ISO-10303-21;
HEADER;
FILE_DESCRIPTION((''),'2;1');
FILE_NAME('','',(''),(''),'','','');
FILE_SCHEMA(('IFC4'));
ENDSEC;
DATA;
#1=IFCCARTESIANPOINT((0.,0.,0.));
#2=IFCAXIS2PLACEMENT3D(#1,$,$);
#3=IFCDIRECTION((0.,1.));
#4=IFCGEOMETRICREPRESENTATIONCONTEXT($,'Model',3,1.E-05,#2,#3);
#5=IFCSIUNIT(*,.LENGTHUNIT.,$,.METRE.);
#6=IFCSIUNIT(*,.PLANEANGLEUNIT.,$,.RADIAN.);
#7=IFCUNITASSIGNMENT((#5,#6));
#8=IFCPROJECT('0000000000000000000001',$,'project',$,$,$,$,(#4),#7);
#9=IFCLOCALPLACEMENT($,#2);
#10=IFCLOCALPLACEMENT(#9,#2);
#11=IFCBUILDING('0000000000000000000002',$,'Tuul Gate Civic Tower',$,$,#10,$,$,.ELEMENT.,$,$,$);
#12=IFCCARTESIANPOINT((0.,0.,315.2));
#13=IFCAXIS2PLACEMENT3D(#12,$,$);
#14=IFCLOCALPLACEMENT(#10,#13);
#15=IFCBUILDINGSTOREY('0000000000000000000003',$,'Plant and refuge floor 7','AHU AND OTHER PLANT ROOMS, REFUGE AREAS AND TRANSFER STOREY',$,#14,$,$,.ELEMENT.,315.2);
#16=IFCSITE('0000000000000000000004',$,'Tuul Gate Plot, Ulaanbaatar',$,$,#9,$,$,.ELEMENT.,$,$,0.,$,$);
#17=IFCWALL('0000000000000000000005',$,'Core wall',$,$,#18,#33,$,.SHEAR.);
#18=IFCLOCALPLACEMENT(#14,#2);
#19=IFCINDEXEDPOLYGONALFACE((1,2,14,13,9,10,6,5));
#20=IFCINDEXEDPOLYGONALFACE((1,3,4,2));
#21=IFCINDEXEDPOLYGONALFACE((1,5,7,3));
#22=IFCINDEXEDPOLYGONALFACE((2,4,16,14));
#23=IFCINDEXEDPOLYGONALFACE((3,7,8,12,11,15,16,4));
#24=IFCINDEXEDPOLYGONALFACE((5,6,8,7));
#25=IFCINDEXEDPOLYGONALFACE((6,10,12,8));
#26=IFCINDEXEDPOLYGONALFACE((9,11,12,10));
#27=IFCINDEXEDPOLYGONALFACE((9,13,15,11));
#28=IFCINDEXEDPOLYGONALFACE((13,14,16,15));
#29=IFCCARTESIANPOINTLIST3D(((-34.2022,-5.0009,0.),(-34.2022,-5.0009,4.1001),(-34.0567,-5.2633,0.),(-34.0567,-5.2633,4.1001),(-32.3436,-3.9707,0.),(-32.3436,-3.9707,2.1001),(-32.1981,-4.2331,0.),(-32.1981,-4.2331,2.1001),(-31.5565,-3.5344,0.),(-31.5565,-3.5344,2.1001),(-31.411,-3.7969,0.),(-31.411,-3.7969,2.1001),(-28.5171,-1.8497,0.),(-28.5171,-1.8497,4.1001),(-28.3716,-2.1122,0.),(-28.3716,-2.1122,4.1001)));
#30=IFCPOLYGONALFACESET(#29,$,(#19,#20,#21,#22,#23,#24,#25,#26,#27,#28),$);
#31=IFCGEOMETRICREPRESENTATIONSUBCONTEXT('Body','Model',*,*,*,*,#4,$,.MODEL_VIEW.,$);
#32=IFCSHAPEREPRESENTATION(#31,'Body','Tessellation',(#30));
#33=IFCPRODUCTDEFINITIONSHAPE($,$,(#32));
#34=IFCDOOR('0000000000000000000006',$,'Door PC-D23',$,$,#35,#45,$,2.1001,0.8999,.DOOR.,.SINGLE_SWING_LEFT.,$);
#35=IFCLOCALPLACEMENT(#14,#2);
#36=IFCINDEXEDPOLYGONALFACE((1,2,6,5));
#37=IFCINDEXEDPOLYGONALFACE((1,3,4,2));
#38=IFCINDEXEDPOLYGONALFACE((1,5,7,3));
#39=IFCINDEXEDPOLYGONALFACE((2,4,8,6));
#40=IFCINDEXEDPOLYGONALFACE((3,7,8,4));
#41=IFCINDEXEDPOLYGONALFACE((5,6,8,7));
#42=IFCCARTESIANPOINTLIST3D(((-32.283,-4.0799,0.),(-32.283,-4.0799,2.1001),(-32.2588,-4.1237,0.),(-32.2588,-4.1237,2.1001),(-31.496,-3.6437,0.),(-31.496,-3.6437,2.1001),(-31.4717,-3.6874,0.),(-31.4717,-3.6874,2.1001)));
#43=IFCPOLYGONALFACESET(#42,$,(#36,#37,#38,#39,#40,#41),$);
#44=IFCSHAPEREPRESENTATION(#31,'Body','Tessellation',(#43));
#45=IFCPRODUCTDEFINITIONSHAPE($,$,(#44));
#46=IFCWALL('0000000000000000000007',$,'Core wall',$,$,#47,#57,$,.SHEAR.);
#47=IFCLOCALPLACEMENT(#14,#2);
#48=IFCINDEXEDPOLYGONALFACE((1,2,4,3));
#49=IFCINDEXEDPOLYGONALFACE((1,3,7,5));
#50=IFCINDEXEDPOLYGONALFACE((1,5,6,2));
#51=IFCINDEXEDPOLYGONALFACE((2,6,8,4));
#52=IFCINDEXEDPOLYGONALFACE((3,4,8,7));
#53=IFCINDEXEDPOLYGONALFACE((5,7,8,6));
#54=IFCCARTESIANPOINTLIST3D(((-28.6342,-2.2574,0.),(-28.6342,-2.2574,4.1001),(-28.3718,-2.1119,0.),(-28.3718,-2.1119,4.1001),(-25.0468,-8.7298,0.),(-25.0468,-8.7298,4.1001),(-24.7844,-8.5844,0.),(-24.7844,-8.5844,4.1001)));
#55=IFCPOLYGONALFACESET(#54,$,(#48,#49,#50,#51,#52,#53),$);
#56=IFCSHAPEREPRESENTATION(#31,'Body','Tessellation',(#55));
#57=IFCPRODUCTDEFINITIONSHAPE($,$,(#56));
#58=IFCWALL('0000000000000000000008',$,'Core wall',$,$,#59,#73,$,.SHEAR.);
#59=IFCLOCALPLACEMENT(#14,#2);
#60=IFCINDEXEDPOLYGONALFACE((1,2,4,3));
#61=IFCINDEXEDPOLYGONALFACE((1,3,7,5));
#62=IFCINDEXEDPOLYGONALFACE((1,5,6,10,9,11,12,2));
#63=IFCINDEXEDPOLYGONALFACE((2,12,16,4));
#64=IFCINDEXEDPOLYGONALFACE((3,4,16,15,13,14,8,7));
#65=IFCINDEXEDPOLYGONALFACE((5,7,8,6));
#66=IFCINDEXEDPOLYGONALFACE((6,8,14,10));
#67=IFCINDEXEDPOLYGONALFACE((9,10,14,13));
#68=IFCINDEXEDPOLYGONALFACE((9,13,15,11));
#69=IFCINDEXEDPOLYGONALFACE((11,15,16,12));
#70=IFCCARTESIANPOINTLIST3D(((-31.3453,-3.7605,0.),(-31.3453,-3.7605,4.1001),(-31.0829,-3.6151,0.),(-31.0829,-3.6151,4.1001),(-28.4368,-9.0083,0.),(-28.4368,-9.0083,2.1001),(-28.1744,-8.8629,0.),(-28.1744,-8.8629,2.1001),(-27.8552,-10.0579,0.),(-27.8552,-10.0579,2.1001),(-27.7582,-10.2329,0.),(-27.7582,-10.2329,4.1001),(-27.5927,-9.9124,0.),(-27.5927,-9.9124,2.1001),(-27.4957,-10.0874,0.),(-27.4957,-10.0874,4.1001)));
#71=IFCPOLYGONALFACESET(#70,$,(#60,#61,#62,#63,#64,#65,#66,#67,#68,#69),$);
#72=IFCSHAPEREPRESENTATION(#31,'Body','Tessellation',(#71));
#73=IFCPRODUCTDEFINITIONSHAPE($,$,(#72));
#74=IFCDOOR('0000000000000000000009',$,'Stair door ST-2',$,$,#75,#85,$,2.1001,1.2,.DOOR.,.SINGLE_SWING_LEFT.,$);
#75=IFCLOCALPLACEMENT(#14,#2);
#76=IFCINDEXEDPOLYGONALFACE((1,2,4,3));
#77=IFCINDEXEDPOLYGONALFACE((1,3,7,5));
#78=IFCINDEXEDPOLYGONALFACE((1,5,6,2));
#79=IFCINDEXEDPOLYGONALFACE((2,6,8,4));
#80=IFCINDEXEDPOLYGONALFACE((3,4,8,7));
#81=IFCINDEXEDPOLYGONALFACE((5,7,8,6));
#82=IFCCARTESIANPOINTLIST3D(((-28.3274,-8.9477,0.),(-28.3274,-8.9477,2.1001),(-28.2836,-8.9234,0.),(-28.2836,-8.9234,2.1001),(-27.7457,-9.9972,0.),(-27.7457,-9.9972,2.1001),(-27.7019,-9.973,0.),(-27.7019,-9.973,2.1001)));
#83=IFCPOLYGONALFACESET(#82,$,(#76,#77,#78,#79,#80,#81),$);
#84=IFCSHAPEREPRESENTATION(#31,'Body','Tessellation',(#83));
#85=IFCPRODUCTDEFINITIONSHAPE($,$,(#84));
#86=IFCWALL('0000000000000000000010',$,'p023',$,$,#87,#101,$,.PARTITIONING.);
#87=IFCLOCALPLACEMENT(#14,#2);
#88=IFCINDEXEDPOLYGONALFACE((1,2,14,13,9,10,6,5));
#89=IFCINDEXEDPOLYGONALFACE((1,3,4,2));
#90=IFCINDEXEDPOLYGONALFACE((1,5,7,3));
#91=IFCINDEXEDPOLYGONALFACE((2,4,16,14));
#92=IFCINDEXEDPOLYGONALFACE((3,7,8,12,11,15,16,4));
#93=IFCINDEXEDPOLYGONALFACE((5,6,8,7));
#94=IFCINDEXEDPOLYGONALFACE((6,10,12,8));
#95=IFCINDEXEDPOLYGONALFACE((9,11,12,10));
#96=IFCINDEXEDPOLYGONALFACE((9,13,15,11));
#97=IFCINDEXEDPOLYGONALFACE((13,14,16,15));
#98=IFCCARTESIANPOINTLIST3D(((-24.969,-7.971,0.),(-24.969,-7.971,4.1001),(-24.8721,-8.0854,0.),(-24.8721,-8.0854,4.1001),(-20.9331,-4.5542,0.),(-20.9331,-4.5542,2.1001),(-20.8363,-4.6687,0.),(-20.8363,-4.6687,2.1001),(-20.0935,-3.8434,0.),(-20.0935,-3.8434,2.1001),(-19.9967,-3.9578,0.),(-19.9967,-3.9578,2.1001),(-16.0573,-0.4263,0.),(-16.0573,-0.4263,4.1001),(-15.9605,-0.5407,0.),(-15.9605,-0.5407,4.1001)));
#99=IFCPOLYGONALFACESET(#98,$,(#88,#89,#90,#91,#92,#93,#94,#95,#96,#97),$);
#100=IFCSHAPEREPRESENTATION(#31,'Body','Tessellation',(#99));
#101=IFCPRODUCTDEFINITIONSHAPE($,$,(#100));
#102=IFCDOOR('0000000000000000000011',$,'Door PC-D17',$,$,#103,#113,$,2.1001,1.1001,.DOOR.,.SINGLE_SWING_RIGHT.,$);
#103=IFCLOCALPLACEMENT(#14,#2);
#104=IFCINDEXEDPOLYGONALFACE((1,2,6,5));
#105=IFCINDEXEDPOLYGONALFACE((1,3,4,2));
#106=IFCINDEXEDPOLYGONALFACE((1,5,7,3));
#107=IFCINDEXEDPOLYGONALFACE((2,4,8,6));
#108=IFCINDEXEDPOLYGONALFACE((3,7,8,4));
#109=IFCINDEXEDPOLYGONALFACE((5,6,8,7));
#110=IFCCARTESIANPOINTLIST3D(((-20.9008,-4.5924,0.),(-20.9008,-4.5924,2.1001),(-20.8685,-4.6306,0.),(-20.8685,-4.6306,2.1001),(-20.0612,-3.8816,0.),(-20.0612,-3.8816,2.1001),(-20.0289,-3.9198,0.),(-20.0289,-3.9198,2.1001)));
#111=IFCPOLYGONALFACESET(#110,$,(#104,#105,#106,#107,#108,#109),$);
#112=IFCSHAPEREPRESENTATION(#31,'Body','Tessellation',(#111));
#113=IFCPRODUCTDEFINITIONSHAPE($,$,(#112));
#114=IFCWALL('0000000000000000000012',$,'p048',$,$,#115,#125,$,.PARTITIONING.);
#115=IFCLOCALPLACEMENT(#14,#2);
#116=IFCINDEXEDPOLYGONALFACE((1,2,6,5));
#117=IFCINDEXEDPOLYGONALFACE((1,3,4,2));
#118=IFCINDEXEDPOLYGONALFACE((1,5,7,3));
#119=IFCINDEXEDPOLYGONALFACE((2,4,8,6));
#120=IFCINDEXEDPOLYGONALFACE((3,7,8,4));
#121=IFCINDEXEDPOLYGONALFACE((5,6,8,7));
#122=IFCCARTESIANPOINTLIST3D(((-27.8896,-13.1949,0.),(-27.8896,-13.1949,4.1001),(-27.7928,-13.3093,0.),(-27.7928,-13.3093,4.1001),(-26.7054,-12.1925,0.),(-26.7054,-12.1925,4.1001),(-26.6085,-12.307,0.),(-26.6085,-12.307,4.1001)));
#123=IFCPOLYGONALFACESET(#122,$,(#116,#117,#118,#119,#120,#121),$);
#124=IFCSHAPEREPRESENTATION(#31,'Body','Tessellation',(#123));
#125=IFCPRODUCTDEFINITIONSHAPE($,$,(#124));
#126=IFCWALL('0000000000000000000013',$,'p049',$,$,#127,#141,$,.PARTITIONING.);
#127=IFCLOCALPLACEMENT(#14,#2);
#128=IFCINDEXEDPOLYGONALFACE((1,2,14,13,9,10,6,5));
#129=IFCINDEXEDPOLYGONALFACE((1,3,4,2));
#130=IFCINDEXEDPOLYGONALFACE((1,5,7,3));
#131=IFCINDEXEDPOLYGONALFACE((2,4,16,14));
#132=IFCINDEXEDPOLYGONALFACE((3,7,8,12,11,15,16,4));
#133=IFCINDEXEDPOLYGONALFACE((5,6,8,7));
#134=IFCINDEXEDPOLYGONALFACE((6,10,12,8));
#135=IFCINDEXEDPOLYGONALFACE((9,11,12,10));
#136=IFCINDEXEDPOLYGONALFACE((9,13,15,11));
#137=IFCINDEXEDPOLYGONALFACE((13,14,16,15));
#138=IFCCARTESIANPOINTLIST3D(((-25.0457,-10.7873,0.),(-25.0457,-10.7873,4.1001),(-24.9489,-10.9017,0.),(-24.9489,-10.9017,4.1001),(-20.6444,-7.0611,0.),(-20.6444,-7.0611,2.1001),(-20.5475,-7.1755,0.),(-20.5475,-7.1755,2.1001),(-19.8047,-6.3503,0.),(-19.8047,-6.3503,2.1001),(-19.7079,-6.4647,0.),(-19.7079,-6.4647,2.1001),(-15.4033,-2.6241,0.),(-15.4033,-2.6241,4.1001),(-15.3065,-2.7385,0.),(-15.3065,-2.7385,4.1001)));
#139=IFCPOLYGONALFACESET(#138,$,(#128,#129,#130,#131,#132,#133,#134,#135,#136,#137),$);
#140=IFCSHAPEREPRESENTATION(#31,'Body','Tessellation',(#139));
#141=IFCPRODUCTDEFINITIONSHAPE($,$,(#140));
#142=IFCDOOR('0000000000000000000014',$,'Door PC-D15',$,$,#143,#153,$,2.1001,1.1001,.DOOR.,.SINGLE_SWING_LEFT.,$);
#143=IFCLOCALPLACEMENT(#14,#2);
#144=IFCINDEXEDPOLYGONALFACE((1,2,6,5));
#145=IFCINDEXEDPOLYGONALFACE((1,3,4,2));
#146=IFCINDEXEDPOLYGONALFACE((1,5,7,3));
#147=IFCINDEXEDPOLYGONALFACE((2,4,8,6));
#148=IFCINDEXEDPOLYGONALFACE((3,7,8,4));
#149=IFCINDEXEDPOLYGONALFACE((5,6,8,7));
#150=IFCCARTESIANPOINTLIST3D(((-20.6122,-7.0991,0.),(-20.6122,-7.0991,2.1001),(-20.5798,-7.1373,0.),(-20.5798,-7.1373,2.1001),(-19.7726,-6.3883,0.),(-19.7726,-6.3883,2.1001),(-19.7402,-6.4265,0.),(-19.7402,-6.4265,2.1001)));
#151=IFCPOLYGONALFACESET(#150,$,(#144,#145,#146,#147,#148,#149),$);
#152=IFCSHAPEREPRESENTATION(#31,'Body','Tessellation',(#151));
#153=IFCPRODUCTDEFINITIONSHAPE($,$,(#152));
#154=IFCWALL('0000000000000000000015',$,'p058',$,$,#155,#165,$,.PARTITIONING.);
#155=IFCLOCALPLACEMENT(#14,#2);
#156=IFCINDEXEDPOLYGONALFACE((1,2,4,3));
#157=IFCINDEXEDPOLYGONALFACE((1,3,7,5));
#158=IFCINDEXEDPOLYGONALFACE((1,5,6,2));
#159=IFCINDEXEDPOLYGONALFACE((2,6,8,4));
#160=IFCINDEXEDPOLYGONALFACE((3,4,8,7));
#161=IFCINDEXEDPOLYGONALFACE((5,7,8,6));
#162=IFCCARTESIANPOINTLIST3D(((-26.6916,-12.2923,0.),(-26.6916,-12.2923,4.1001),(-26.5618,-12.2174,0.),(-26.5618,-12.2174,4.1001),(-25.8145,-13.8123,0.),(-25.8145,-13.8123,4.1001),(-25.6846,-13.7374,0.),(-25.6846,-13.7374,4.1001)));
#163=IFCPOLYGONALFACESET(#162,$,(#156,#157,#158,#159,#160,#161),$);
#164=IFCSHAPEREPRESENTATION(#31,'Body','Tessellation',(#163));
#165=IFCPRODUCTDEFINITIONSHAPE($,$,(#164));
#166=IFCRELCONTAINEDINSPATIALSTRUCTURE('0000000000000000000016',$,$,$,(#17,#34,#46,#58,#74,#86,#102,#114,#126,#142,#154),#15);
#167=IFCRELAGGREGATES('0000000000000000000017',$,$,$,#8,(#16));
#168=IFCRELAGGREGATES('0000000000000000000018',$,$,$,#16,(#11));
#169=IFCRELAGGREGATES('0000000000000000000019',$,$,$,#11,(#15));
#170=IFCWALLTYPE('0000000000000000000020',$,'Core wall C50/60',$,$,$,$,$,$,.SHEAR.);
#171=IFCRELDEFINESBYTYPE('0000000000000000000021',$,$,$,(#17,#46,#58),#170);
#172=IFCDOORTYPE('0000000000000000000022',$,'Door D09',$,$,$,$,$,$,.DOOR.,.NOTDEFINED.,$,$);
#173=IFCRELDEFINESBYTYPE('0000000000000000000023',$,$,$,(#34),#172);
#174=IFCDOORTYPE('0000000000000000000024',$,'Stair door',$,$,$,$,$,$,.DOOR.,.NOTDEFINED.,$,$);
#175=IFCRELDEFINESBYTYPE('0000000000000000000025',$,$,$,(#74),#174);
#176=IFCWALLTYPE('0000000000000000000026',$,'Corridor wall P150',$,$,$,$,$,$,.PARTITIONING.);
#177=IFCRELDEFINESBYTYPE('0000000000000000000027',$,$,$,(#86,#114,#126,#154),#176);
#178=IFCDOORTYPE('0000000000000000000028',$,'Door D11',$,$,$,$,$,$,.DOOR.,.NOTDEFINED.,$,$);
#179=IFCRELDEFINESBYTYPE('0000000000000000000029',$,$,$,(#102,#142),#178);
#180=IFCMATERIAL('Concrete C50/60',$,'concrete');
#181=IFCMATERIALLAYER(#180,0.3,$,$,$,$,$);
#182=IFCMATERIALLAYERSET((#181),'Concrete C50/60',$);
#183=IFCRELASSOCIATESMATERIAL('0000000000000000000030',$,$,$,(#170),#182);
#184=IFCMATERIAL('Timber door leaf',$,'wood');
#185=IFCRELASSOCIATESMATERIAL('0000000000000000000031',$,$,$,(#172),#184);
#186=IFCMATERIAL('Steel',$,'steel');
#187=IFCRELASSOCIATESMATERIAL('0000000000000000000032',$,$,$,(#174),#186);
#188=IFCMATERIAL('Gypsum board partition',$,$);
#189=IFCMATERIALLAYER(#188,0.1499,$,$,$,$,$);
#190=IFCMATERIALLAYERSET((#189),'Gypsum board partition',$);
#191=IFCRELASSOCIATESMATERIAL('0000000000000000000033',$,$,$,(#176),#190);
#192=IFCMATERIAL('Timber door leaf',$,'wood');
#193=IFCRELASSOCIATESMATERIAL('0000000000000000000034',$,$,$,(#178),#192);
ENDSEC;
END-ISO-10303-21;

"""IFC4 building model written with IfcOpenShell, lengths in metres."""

from ifc_helpers import new_model, si_unit, direction, frame, frame_2d, origin, place, context, subcontext, project, spatial, rectangle, extrude, material, layer, layer_set, type_object, element, fill, save


model = new_model("IFC4")

# Units and contexts
model_context = context("Model", 3, precision=1e-05, world=origin(), true_north=direction((0.0, 1.0)))
body_context = subcontext(model_context, "Body", "Model", "MODEL_VIEW")
ifc_project = project(units=[si_unit("LENGTHUNIT", "METRE"), si_unit("PLANEANGLEUNIT", "RADIAN")], contexts=[model_context])

# Site, building, storey
site_placement = place(None, origin())
site = spatial("IfcSite", under=ifc_project, at=site_placement, Name="Tuul Gate Plot, Ulaanbaatar", CompositionType="ELEMENT", RefElevation=0.0)
building_placement = place(site_placement, origin())
building = spatial("IfcBuilding", under=site, at=building_placement, Name="Tuul Gate Civic Tower", CompositionType="ELEMENT")
storey_placement = place(building_placement, frame((0.0, 0.0, 315.2)))
storey = spatial("IfcBuildingStorey", under=building, at=storey_placement, Name="Plant and refuge floor 7", Description="AHU AND OTHER PLANT ROOMS, REFUGE AREAS AND TRANSFER STOREY", CompositionType="ELEMENT", Elevation=315.2)

# Shared definitions
ifc_material_1 = material(Name="Concrete C50/60", Category="concrete")
ifc_layer_1 = layer(ifc_material_1, 0.3)
ifc_layer_set_1 = layer_set([ifc_layer_1], Name="Concrete C50/60")
wall_type_1 = type_object("IfcWallType", Name="Core wall C50/60", PredefinedType="SHEAR", material=ifc_layer_set_1)

# Wall, opening, door
wall_1_placement = place(storey_placement, frame((-28.4443, -1.981, 0.0), z_axis=(0.0, 0.0, 1.0), x_axis=(-0.87463, -0.484791, 0.0)))
wall_1 = element("IfcWall", 1, at=wall_1_placement, inside=storey, type_object=wall_type_1, Name="Core wall", PredefinedType="SHEAR", context=body_context, shape_type="SweptSolid", body=[
    extrude(rectangle(XDim=6.5, YDim=0.3, at=frame_2d((3.25, 0.0))), origin(), (0.0, 0.0, 1.0), 4.1001),
])
opening_1_placement = place(wall_1_placement, frame((3.4751, 0.0, 0.0)))
opening_1 = element("IfcOpeningElement", 2, at=opening_1_placement, cuts=wall_1, PredefinedType="OPENING", context=body_context, shape_type="SweptSolid", body=[
    extrude(rectangle(XDim=0.8999, YDim=2.1001, at=frame_2d((0.45, 1.05))), frame((0.0, 0.1602, 0.0), z_axis=(0.0, -1.0, 0.0), x_axis=(1.0, 0.0, 0.0)), (0.0, 0.0, 1.0), 0.3201),
])
ifc_material_2 = material(Name="Timber door leaf", Category="wood")
door_type_1 = type_object("IfcDoorType", Name="Door D09", OperationType="NOTDEFINED", PredefinedType="DOOR", material=ifc_material_2)
door_1_placement = place(opening_1_placement, origin())
door_1 = element("IfcDoor", 3, at=door_1_placement, inside=storey, type_object=door_type_1, Name="Door PC-D23", OperationType="SINGLE_SWING_LEFT", OverallHeight=2.1001, OverallWidth=0.8999, PredefinedType="DOOR", context=body_context, shape_type="SweptSolid", body=[
    extrude(rectangle(XDim=0.8999, YDim=2.1001, at=frame_2d((0.45, 1.05))), frame((0.0, 0.0249, 0.0), z_axis=(0.0, -1.0, 0.0), x_axis=(1.0, 0.0, 0.0)), (0.0, 0.0, 1.0), 0.05),
])
fill(opening_1, door_1)

# Wall
wall_2_placement = place(storey_placement, frame((-24.9155, -8.6572, 0.0), z_axis=(0.0, 0.0, 1.0), x_axis=(-0.484777, 0.874638, 0.0)))
element("IfcWall", 4, at=wall_2_placement, inside=storey, type_object=wall_type_1, Name="Core wall", PredefinedType="SHEAR", context=body_context, shape_type="SweptSolid", body=[
    extrude(rectangle(XDim=7.4001, YDim=0.3, at=frame_2d((3.7002, 0.0))), origin(), (0.0, 0.0, 1.0), 4.1001),
])

# Walls, openings, doors
wall_3_placement = place(storey_placement, frame((-27.627, -10.1602, 0.0), z_axis=(0.0, 0.0, 1.0), x_axis=(-0.484752, 0.874652, 0.0)))
wall_3 = element("IfcWall", 5, at=wall_3_placement, inside=storey, type_object=wall_type_1, Name="Core wall", PredefinedType="SHEAR", context=body_context, shape_type="SweptSolid", body=[
    extrude(rectangle(XDim=7.3999, YDim=0.3, at=frame_2d((3.7, 0.0))), origin(), (0.0, 0.0, 1.0), 4.1001),
])
opening_2_placement = place(wall_3_placement, frame((0.2, 0.0, 0.0)))
opening_2 = element("IfcOpeningElement", 6, at=opening_2_placement, cuts=wall_3, PredefinedType="OPENING", context=body_context, shape_type="SweptSolid", body=[
    extrude(rectangle(XDim=1.2, YDim=2.1001, at=frame_2d((0.6001, 1.05))), frame((0.0, 0.1602, 0.0), z_axis=(0.0, -1.0, 0.0), x_axis=(1.0, 0.0, 0.0)), (0.0, 0.0, 1.0), 0.3201),
])
ifc_material_3 = material(Name="Steel", Category="steel")
door_type_2 = type_object("IfcDoorType", Name="Stair door", OperationType="NOTDEFINED", PredefinedType="DOOR", material=ifc_material_3)
door_2_placement = place(opening_2_placement, origin())
door_2 = element("IfcDoor", 7, at=door_2_placement, inside=storey, type_object=door_type_2, Name="Stair door ST-2", OperationType="SINGLE_SWING_LEFT", OverallHeight=2.1001, OverallWidth=1.2, PredefinedType="DOOR", context=body_context, shape_type="SweptSolid", body=[
    extrude(rectangle(XDim=1.2, YDim=2.1001, at=frame_2d((0.6001, 1.05))), frame((0.0, 0.0249, 0.0), z_axis=(0.0, -1.0, 0.0), x_axis=(1.0, 0.0, 0.0)), (0.0, 0.0, 1.0), 0.05),
])
fill(opening_2, door_2)
ifc_material_4 = material(Name="Gypsum board partition")
ifc_layer_2 = layer(ifc_material_4, 0.1499)
ifc_layer_set_2 = layer_set([ifc_layer_2], Name="Gypsum board partition")
wall_type_2 = type_object("IfcWallType", Name="Corridor wall P150", PredefinedType="PARTITIONING", material=ifc_layer_set_2)
wall_4_placement = place(storey_placement, frame((-24.9207, -8.0283, 0.0), z_axis=(0.0, 0.0, 1.0), x_axis=(0.763214, 0.646146, 0.0)))
wall_4 = element("IfcWall", 8, at=wall_4_placement, inside=storey, type_object=wall_type_2, Name="p023", PredefinedType="PARTITIONING", context=body_context, shape_type="SweptSolid", body=[
    extrude(rectangle(XDim=11.6765, YDim=0.1499, at=frame_2d((5.8384, 0.0))), origin(), (0.0, 0.0, 1.0), 4.1001),
])
opening_3_placement = place(wall_4_placement, frame((5.2881, 0.0, 0.0)))
opening_3 = element("IfcOpeningElement", 9, at=opening_3_placement, cuts=wall_4, PredefinedType="OPENING", context=body_context, shape_type="SweptSolid", body=[
    extrude(rectangle(XDim=1.1001, YDim=2.1001, at=frame_2d((0.55, 1.05))), frame((0.0, 0.085, 0.0), z_axis=(0.0, -1.0, 0.0), x_axis=(1.0, 0.0, 0.0)), (0.0, 0.0, 1.0), 0.1699),
])
ifc_material_5 = material(Name="Timber door leaf", Category="wood")
door_type_3 = type_object("IfcDoorType", Name="Door D11", OperationType="NOTDEFINED", PredefinedType="DOOR", material=ifc_material_5)
door_3_placement = place(opening_3_placement, origin())
door_3 = element("IfcDoor", 10, at=door_3_placement, inside=storey, type_object=door_type_3, Name="Door PC-D17", OperationType="SINGLE_SWING_RIGHT", OverallHeight=2.1001, OverallWidth=1.1001, PredefinedType="DOOR", context=body_context, shape_type="SweptSolid", body=[
    extrude(rectangle(XDim=1.1001, YDim=2.1001, at=frame_2d((0.55, 1.05))), frame((0.0, 0.0249, 0.0), z_axis=(0.0, -1.0, 0.0), x_axis=(1.0, 0.0, 0.0)), (0.0, 0.0, 1.0), 0.05),
])
fill(opening_3, door_3)

# Wall
wall_5_placement = place(storey_placement, frame((-27.8413, -13.2522, 0.0), z_axis=(0.0, 0.0, 1.0), x_axis=(0.763285, 0.646062, 0.0)))
element("IfcWall", 11, at=wall_5_placement, inside=storey, type_object=wall_type_2, Name="p048", PredefinedType="PARTITIONING", context=body_context, shape_type="SweptSolid", body=[
    extrude(rectangle(XDim=1.5515, YDim=0.1499, at=frame_2d((0.7759, 0.0))), origin(), (0.0, 0.0, 1.0), 4.1001),
])

# Wall, opening, door
wall_6_placement = place(storey_placement, frame((-24.9973, -10.8445, 0.0), z_axis=(0.0, 0.0, 1.0), x_axis=(0.763223, 0.646135, 0.0)))
wall_6 = element("IfcWall", 12, at=wall_6_placement, inside=storey, type_object=wall_type_2, Name="p049", PredefinedType="PARTITIONING", context=body_context, shape_type="SweptSolid", body=[
    extrude(rectangle(XDim=12.6338, YDim=0.1499, at=frame_2d((6.3169, 0.0))), origin(), (0.0, 0.0, 1.0), 4.1001),
])
opening_4_placement = place(wall_6_placement, frame((5.7668, 0.0, 0.0)))
opening_4 = element("IfcOpeningElement", 13, at=opening_4_placement, cuts=wall_6, PredefinedType="OPENING", context=body_context, shape_type="SweptSolid", body=[
    extrude(rectangle(XDim=1.1001, YDim=2.1001, at=frame_2d((0.55, 1.05))), frame((0.0, 0.085, 0.0), z_axis=(0.0, -1.0, 0.0), x_axis=(1.0, 0.0, 0.0)), (0.0, 0.0, 1.0), 0.1699),
])
door_4_placement = place(opening_4_placement, frame((1.1001, 0.0, 0.0), z_axis=(0.0, 0.0, 1.0), x_axis=(-1.0, 0.0, 0.0)))
door_4 = element("IfcDoor", 14, at=door_4_placement, inside=storey, type_object=door_type_3, Name="Door PC-D15", OperationType="SINGLE_SWING_LEFT", OverallHeight=2.1001, OverallWidth=1.1001, PredefinedType="DOOR", context=body_context, shape_type="SweptSolid", body=[
    extrude(rectangle(XDim=1.1001, YDim=2.1001, at=frame_2d((0.55, 1.05))), frame((0.0, 0.0249, 0.0), z_axis=(0.0, -1.0, 0.0), x_axis=(1.0, 0.0, 0.0)), (0.0, 0.0, 1.0), 0.05),
])
fill(opening_4, door_4)

# Wall
wall_7_placement = place(storey_placement, frame((-26.6267, -12.2549, 0.0), z_axis=(0.0, 0.0, 1.0), x_axis=(0.499835, -0.866121, 0.0)))
element("IfcWall", 15, at=wall_7_placement, inside=storey, type_object=wall_type_2, Name="p058", PredefinedType="PARTITIONING", context=body_context, shape_type="SweptSolid", body=[
    extrude(rectangle(XDim=1.7549, YDim=0.1499, at=frame_2d((0.8774, 0.0))), origin(), (0.0, 0.0, 1.0), 4.1001),
])

save(model, "model.ifc")
